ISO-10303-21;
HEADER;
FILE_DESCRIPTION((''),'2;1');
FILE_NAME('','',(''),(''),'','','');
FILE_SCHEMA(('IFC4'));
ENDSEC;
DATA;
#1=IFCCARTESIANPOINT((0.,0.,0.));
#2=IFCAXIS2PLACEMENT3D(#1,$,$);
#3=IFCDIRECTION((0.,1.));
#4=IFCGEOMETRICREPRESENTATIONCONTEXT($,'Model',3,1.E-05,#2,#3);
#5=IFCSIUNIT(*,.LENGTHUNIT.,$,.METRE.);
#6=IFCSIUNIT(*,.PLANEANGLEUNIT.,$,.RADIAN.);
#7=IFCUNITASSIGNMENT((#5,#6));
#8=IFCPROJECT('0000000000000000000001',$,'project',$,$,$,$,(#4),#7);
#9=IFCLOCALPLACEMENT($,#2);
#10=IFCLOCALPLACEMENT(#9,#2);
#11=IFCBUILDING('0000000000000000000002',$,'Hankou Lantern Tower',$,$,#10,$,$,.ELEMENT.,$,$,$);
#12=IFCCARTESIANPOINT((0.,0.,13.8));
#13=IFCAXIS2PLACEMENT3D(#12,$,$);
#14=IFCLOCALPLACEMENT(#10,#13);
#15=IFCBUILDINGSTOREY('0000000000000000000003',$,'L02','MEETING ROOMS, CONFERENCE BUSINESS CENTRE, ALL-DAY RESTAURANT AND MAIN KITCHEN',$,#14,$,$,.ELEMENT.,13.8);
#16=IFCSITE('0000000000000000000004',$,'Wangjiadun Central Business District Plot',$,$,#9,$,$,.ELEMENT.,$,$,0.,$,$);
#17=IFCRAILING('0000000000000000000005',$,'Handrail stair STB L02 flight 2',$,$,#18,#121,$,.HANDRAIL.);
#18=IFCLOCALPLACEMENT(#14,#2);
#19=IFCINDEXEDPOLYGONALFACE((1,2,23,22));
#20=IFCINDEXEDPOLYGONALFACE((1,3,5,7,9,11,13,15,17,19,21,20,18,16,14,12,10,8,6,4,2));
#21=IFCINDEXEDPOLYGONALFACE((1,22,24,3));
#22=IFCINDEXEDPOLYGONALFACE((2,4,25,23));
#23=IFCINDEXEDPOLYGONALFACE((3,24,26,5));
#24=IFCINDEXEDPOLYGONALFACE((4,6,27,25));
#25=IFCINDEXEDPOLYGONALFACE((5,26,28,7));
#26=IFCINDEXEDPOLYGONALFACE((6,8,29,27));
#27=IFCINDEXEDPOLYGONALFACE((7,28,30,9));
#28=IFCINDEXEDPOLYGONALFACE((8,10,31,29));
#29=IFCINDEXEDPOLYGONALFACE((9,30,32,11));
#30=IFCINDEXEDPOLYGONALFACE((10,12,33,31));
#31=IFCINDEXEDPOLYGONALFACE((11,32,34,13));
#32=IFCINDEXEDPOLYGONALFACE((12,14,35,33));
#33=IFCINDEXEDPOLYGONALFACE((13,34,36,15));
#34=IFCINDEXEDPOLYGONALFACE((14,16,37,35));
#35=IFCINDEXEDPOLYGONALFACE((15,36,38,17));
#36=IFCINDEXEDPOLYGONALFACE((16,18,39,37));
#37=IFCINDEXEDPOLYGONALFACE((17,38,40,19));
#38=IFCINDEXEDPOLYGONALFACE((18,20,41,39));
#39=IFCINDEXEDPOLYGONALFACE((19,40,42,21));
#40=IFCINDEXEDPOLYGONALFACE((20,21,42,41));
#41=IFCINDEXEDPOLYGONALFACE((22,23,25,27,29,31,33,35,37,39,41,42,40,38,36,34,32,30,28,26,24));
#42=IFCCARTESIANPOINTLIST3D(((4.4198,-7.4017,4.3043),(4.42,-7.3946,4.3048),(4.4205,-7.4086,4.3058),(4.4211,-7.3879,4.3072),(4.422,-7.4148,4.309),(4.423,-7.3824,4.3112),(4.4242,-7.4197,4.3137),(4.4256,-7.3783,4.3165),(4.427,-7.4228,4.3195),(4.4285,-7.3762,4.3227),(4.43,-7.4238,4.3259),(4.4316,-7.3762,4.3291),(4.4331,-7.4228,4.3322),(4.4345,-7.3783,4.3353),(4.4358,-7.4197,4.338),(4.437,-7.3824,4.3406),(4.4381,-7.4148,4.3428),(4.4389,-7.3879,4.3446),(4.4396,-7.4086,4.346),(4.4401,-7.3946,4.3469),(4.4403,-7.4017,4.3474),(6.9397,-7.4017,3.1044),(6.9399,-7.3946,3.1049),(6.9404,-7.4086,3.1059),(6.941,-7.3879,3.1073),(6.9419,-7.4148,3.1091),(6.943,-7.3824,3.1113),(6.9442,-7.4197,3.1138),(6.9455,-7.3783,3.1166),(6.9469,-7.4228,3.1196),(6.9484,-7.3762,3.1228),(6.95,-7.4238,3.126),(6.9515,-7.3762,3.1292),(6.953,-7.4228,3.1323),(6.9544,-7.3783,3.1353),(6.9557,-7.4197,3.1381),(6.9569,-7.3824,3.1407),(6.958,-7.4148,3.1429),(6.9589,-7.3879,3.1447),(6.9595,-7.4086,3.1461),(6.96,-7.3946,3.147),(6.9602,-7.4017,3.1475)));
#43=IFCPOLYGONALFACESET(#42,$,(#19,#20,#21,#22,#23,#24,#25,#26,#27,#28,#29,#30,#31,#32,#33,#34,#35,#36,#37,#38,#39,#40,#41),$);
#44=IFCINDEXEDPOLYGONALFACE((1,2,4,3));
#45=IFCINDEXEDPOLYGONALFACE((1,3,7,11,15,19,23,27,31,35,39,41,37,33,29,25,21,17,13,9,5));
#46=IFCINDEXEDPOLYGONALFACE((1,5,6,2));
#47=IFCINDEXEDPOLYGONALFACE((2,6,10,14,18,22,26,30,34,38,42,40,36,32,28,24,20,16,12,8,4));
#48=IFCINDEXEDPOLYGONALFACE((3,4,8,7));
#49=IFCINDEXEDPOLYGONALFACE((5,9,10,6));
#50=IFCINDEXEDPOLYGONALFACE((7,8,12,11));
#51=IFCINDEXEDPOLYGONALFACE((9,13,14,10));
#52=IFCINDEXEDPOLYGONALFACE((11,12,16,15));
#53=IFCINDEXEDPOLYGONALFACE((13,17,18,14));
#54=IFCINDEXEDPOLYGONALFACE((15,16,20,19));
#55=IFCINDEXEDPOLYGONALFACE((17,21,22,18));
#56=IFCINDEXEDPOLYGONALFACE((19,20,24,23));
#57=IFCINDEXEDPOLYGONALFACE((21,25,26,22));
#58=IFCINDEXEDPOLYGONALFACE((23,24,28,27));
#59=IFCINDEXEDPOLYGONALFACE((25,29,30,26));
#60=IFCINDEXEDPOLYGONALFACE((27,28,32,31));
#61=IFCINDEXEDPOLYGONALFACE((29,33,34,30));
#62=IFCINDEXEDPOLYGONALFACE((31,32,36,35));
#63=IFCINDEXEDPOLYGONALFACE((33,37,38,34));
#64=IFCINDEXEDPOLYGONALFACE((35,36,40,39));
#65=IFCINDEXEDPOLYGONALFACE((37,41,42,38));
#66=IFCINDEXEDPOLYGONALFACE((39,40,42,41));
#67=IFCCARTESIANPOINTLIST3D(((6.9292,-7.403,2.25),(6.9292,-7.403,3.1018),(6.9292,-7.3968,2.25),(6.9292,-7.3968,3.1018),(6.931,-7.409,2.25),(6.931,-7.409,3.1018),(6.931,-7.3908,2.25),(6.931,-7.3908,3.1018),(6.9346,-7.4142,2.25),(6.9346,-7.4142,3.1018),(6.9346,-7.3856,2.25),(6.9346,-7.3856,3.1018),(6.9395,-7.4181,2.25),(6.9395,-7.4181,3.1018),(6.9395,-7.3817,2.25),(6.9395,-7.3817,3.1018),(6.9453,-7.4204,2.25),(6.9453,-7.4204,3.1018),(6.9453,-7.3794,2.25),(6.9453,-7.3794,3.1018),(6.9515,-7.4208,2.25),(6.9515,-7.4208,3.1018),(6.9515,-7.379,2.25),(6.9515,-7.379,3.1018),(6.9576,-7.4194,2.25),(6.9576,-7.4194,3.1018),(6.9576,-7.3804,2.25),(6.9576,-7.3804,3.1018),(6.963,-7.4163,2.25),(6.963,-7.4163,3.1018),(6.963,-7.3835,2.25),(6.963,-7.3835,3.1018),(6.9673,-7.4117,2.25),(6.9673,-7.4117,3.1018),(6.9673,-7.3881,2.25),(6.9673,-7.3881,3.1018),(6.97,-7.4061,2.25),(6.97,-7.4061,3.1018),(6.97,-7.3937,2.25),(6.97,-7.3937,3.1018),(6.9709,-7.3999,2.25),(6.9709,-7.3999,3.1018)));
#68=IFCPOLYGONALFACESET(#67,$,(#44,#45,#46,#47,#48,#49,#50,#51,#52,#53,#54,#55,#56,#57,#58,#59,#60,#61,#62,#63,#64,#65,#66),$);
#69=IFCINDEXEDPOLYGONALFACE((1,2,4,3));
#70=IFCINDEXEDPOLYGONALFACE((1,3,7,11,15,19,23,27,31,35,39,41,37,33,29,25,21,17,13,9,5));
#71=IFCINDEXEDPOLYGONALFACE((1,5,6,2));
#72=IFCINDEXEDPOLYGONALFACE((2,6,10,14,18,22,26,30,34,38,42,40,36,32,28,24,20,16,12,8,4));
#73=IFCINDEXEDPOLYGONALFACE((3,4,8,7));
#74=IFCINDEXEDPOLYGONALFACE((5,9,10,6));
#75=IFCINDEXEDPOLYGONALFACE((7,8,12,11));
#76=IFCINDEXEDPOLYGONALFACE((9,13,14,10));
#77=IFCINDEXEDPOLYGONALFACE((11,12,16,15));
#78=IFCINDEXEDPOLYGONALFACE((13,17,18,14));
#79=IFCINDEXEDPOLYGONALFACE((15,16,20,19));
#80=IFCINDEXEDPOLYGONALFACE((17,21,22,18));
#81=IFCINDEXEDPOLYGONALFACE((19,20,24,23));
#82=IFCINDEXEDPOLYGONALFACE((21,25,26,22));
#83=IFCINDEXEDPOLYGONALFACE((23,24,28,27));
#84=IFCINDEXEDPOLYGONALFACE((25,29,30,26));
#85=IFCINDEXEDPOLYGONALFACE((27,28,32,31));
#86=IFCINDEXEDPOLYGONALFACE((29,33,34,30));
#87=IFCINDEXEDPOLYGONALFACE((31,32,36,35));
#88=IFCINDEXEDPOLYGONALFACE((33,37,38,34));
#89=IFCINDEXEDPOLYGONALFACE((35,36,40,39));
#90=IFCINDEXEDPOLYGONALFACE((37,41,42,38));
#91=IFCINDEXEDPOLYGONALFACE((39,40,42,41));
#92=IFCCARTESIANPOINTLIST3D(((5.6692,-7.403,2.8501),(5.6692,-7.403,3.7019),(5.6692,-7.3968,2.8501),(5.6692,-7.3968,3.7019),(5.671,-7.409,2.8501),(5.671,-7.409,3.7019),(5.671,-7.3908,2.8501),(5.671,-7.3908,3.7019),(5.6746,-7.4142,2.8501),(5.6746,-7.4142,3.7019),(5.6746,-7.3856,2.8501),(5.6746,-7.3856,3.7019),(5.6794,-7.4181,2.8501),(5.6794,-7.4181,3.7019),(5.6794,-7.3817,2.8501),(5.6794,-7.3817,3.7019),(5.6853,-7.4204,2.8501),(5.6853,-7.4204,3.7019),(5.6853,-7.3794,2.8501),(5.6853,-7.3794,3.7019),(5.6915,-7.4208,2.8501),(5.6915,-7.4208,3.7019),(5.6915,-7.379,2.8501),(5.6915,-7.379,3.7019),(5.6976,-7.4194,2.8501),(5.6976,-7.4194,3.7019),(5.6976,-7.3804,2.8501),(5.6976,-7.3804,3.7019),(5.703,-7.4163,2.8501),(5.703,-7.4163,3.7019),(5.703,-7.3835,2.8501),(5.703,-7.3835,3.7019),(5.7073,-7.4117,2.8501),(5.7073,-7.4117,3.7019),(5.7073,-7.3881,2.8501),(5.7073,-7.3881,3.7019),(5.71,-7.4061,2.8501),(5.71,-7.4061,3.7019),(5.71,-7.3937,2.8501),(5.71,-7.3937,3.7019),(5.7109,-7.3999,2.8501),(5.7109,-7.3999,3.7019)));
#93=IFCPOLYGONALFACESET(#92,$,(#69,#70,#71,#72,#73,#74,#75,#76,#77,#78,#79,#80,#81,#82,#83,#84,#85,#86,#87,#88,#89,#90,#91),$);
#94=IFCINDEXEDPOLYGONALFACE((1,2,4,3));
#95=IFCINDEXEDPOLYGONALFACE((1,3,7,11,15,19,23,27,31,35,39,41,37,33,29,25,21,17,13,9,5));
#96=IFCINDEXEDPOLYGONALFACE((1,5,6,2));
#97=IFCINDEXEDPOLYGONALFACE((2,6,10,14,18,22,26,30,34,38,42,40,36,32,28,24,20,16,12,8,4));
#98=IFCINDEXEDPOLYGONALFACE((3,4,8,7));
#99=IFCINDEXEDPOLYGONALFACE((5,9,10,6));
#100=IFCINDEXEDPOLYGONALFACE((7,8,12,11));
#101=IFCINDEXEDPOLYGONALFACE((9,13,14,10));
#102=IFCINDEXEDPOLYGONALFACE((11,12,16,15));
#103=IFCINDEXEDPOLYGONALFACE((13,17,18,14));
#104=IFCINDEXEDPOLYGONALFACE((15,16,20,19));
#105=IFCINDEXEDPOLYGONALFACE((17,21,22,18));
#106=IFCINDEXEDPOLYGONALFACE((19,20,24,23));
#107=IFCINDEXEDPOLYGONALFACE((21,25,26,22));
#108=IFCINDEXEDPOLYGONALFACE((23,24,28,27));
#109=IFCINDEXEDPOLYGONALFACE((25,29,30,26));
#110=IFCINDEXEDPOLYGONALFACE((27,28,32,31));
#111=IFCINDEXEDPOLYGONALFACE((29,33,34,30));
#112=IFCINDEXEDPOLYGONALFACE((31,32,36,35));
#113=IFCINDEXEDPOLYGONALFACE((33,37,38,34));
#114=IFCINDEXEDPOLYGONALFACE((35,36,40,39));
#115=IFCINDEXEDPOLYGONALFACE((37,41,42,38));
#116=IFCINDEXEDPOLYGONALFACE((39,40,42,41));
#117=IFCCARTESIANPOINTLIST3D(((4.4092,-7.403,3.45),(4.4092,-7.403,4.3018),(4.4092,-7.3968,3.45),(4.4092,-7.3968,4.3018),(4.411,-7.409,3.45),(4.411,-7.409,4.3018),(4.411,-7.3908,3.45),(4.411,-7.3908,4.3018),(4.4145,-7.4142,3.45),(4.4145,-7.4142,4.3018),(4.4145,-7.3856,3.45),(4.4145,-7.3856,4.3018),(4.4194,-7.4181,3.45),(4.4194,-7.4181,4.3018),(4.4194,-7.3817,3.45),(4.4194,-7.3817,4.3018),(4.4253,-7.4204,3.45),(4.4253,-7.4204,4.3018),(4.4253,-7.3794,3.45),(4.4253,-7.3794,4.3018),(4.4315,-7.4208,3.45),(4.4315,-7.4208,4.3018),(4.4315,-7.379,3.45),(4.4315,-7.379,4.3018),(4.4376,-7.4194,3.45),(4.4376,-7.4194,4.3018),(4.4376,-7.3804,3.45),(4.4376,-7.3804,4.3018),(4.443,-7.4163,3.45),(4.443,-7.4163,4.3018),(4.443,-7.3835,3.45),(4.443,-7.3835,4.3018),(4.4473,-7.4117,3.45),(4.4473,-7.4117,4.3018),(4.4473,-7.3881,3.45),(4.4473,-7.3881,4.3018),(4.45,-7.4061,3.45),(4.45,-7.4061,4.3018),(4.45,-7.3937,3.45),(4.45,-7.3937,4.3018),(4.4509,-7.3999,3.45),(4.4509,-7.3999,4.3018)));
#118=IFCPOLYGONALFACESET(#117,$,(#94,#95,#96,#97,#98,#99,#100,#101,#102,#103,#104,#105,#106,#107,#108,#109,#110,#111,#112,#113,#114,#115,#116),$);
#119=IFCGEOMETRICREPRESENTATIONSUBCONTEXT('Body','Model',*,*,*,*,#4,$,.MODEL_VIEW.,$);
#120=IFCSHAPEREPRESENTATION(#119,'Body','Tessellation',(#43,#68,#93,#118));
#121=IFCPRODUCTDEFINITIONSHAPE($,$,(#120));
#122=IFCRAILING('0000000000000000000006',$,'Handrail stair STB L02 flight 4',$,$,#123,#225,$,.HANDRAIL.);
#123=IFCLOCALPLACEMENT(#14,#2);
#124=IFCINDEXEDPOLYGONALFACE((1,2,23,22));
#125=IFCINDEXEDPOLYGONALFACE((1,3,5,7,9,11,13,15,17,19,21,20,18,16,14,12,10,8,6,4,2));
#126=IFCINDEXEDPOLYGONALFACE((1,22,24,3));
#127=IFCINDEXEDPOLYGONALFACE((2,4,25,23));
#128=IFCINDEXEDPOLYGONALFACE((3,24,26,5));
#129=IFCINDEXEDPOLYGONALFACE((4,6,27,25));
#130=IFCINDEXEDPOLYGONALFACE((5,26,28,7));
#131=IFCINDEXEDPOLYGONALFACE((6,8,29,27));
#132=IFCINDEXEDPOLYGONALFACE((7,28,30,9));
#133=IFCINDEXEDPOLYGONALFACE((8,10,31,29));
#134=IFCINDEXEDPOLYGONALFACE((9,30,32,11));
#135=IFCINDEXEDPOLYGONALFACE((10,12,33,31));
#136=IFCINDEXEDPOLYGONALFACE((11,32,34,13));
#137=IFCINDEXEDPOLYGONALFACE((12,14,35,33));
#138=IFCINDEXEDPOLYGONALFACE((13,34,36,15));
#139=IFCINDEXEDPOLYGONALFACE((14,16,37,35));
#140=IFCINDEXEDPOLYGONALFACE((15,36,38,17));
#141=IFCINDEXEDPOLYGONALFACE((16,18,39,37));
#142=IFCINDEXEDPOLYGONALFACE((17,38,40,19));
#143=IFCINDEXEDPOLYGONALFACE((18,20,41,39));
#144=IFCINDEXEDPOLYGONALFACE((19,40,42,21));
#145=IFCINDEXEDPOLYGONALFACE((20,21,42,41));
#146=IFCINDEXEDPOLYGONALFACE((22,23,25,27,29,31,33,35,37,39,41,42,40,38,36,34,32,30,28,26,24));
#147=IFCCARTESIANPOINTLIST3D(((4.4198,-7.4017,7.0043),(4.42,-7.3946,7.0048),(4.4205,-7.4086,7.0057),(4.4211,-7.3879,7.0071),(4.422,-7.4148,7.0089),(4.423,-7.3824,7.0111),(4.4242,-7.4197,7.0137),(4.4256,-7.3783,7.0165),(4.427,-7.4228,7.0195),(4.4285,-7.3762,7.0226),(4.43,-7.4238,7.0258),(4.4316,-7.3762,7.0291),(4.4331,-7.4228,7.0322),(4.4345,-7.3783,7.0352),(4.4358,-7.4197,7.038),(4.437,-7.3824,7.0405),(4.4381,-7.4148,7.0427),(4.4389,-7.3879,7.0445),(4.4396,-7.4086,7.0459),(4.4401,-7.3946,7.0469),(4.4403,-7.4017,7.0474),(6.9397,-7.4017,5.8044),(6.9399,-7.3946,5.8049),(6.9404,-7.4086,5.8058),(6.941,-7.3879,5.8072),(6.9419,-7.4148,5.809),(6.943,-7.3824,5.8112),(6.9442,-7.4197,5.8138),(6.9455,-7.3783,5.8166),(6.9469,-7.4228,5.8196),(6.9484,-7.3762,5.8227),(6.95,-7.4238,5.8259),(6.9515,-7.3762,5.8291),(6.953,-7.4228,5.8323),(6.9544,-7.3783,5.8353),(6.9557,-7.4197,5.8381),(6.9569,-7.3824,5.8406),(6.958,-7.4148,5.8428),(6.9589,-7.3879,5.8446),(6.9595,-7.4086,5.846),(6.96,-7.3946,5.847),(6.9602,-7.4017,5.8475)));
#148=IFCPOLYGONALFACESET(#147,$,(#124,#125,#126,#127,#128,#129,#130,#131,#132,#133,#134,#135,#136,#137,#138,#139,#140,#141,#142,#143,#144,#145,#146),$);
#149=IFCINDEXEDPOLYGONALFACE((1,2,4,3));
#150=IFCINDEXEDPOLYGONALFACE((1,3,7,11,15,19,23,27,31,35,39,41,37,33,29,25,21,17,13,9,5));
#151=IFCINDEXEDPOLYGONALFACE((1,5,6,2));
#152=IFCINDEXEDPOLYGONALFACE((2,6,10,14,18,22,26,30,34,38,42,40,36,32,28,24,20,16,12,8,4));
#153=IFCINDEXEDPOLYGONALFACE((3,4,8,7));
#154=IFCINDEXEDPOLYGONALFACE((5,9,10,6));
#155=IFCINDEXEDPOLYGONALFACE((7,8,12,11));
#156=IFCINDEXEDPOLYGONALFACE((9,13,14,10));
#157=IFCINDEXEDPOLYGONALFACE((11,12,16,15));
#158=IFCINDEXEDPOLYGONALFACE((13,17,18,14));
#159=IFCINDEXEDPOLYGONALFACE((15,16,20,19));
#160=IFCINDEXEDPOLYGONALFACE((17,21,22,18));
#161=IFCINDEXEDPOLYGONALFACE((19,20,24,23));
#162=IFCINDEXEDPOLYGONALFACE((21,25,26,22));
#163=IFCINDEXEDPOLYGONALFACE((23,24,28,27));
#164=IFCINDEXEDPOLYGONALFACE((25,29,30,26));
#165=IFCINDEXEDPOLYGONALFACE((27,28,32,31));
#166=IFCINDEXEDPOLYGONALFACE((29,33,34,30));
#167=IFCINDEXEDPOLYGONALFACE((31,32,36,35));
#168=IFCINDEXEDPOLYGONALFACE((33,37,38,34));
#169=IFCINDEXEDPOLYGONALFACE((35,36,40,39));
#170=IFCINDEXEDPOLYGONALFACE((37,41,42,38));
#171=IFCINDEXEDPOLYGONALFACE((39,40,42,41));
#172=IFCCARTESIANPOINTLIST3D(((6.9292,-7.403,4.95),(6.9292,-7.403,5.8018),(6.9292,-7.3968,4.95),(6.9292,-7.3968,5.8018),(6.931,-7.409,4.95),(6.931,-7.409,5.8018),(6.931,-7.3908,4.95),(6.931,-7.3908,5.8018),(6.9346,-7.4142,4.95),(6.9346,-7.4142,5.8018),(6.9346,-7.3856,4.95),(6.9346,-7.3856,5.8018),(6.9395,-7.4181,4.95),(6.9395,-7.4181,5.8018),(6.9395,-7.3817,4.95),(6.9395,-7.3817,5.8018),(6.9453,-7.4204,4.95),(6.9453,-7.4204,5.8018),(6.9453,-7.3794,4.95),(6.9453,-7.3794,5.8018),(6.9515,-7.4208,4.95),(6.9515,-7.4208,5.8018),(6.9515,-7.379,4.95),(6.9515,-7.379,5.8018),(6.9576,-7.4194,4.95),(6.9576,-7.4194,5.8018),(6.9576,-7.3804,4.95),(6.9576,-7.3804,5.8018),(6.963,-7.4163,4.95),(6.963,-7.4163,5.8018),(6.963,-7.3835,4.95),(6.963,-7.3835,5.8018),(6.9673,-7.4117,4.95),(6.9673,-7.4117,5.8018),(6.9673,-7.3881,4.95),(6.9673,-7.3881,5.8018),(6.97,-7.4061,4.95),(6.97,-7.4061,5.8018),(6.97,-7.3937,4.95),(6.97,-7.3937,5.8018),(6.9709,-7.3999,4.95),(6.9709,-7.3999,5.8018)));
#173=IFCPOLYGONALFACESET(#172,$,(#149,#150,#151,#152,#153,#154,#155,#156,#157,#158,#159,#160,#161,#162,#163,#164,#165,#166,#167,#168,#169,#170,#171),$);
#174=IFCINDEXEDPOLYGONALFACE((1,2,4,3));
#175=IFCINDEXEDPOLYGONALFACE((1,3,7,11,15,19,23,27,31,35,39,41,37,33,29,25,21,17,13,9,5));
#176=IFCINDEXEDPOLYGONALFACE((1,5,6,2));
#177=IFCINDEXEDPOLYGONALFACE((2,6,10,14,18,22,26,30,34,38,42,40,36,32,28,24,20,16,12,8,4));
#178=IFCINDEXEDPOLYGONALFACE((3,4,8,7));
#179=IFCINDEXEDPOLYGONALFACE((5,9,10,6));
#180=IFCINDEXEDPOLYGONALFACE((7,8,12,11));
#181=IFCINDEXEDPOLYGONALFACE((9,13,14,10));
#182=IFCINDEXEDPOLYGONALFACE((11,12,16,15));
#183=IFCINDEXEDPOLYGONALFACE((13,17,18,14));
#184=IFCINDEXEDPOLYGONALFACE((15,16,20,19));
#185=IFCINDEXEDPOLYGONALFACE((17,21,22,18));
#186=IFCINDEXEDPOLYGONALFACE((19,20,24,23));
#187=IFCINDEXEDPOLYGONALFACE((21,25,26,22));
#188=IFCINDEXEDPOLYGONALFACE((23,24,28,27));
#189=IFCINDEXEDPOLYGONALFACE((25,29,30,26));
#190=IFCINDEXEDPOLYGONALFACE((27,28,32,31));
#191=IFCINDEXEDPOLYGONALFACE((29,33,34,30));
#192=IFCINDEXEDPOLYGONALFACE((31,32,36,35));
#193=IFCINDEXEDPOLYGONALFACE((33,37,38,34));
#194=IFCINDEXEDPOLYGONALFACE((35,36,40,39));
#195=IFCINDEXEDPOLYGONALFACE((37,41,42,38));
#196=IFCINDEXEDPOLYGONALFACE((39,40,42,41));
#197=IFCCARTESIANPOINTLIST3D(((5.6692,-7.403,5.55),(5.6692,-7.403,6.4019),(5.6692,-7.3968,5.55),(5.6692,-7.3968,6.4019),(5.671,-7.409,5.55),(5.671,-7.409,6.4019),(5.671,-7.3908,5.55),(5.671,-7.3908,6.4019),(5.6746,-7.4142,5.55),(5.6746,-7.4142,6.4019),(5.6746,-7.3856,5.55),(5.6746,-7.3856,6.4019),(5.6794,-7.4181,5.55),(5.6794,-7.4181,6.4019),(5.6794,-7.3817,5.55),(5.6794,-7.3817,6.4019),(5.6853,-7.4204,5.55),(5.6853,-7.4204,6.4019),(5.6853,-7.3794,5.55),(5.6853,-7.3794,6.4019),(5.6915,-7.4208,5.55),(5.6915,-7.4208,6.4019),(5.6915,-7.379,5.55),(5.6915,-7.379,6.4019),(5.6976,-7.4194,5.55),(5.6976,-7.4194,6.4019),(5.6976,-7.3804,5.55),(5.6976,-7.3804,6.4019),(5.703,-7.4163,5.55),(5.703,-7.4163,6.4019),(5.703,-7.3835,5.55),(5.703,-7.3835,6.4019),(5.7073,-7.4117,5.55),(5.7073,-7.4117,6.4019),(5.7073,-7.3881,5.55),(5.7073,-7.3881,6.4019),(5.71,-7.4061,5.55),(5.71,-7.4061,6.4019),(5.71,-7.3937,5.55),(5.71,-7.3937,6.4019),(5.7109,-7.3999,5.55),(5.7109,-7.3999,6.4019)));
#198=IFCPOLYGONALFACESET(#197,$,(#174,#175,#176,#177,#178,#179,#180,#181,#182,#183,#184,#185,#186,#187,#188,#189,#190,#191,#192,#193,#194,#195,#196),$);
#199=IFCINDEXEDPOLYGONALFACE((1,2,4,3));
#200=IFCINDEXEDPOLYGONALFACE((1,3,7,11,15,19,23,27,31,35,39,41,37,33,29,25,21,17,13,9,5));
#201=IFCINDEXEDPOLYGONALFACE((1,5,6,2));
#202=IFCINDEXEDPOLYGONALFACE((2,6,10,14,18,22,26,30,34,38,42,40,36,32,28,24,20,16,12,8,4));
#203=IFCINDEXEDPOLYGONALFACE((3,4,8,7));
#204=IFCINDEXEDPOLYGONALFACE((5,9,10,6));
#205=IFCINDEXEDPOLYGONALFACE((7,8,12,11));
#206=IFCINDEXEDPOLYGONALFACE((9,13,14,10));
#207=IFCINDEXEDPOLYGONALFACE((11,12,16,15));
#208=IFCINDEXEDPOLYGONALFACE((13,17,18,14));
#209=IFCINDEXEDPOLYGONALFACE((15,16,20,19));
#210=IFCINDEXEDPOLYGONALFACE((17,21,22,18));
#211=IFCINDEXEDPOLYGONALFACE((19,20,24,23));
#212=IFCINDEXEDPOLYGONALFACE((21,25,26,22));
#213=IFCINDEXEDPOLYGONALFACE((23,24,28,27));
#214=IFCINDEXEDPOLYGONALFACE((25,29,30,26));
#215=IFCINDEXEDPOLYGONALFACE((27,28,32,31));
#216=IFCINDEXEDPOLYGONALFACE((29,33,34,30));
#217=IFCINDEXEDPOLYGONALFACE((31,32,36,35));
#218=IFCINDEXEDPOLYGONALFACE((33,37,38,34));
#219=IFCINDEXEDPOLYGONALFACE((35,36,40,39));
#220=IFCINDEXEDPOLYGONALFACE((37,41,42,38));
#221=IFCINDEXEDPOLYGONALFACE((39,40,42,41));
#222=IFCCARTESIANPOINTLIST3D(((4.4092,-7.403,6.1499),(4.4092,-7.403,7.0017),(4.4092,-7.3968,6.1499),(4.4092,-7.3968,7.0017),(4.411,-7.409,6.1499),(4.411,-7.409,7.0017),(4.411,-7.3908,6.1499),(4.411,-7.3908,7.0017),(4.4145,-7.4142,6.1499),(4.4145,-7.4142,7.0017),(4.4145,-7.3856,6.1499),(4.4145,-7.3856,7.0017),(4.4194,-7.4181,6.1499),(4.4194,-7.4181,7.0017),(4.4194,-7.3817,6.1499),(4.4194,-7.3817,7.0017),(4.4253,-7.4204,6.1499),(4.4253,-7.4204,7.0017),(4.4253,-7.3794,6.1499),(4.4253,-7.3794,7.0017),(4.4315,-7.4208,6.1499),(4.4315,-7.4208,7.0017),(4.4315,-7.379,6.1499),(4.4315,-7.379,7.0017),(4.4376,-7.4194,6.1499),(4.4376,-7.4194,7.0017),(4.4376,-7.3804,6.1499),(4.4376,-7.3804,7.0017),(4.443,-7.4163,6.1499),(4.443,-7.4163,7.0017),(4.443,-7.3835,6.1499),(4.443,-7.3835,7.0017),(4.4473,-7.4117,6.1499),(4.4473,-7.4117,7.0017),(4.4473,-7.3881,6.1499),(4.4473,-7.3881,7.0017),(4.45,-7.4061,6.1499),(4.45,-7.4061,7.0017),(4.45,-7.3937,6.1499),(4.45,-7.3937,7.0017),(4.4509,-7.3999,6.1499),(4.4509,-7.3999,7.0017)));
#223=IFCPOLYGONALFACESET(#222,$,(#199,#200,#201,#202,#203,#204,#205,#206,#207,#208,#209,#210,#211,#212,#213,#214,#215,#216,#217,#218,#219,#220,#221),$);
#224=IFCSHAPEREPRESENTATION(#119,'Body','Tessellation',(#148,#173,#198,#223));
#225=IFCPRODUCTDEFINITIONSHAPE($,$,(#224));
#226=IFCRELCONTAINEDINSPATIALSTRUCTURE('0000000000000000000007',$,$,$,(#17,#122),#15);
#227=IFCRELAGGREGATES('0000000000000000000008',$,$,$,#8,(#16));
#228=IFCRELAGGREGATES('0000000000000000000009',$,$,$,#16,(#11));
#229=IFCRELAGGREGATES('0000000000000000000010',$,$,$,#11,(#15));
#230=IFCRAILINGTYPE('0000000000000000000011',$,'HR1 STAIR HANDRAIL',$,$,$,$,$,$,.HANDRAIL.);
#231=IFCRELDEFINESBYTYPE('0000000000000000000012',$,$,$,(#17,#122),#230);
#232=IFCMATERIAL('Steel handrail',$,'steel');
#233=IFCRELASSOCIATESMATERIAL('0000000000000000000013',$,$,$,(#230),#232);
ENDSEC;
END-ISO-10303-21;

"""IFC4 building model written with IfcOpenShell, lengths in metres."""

from ifc_helpers import new_model, si_unit, direction, frame, origin, origin_2d, place, context, subcontext, project, spatial, circle, extrude, material, type_object, element, save


model = new_model("IFC4")

# Units and contexts
model_context = context("Model", 3, precision=1e-05, world=origin(), true_north=direction((0.0, 1.0)))
body_context = subcontext(model_context, "Body", "Model", "MODEL_VIEW")
ifc_project = project(units=[si_unit("LENGTHUNIT", "METRE"), si_unit("PLANEANGLEUNIT", "RADIAN")], contexts=[model_context])

# Site, building, storey
site_placement = place(None, origin())
site = spatial("IfcSite", under=ifc_project, at=site_placement, Name="Wangjiadun Central Business District Plot", CompositionType="ELEMENT", RefElevation=0.0)
building_placement = place(site_placement, origin())
building = spatial("IfcBuilding", under=site, at=building_placement, Name="Hankou Lantern Tower", CompositionType="ELEMENT")
storey_placement = place(building_placement, frame((0.0, 0.0, 13.8)))
storey = spatial("IfcBuildingStorey", under=building, at=storey_placement, Name="L02", Description="MEETING ROOMS, CONFERENCE BUSINESS CENTRE, ALL-DAY RESTAURANT AND MAIN KITCHEN", CompositionType="ELEMENT", Elevation=13.8)

# Railings
ifc_material_1 = material(Name="Steel handrail", Category="steel")
railing_type = type_object("IfcRailingType", Name="HR1 STAIR HANDRAIL", PredefinedType="HANDRAIL", material=ifc_material_1)
for number, where, name in (
    (1, (6.95, -7.3999, 2.25), "Handrail stair STB L02 flight 2"),
    (2, (6.95, -7.3999, 4.95), "Handrail stair STB L02 flight 4"),
):
    element("IfcRailing", number, at=place(storey_placement, frame(where)), inside=storey, type_object=railing_type, Name=name, PredefinedType="HANDRAIL", context=body_context, shape_type="SweptSolid", body=[
        extrude(circle(Radius=0.0239, at=origin_2d()), frame((0.0, 0.0, 0.876), z_axis=(-0.902869, 0.0, 0.429917), x_axis=(0.0, -1.0, 0.0)), (0.0, 0.0, 1.0), 2.791),
        extrude(circle(Radius=0.021, at=origin_2d()), origin(), (0.0, 0.0, 1.0), 0.8518),
        extrude(circle(Radius=0.021, at=origin_2d()), frame((-1.26, 0.0, 0.6001)), (0.0, 0.0, 1.0), 0.8518),
        extrude(circle(Radius=0.021, at=origin_2d()), frame((-2.52, 0.0, 1.2)), (0.0, 0.0, 1.0), 0.8518),
    ])

save(model, "model.ifc")
